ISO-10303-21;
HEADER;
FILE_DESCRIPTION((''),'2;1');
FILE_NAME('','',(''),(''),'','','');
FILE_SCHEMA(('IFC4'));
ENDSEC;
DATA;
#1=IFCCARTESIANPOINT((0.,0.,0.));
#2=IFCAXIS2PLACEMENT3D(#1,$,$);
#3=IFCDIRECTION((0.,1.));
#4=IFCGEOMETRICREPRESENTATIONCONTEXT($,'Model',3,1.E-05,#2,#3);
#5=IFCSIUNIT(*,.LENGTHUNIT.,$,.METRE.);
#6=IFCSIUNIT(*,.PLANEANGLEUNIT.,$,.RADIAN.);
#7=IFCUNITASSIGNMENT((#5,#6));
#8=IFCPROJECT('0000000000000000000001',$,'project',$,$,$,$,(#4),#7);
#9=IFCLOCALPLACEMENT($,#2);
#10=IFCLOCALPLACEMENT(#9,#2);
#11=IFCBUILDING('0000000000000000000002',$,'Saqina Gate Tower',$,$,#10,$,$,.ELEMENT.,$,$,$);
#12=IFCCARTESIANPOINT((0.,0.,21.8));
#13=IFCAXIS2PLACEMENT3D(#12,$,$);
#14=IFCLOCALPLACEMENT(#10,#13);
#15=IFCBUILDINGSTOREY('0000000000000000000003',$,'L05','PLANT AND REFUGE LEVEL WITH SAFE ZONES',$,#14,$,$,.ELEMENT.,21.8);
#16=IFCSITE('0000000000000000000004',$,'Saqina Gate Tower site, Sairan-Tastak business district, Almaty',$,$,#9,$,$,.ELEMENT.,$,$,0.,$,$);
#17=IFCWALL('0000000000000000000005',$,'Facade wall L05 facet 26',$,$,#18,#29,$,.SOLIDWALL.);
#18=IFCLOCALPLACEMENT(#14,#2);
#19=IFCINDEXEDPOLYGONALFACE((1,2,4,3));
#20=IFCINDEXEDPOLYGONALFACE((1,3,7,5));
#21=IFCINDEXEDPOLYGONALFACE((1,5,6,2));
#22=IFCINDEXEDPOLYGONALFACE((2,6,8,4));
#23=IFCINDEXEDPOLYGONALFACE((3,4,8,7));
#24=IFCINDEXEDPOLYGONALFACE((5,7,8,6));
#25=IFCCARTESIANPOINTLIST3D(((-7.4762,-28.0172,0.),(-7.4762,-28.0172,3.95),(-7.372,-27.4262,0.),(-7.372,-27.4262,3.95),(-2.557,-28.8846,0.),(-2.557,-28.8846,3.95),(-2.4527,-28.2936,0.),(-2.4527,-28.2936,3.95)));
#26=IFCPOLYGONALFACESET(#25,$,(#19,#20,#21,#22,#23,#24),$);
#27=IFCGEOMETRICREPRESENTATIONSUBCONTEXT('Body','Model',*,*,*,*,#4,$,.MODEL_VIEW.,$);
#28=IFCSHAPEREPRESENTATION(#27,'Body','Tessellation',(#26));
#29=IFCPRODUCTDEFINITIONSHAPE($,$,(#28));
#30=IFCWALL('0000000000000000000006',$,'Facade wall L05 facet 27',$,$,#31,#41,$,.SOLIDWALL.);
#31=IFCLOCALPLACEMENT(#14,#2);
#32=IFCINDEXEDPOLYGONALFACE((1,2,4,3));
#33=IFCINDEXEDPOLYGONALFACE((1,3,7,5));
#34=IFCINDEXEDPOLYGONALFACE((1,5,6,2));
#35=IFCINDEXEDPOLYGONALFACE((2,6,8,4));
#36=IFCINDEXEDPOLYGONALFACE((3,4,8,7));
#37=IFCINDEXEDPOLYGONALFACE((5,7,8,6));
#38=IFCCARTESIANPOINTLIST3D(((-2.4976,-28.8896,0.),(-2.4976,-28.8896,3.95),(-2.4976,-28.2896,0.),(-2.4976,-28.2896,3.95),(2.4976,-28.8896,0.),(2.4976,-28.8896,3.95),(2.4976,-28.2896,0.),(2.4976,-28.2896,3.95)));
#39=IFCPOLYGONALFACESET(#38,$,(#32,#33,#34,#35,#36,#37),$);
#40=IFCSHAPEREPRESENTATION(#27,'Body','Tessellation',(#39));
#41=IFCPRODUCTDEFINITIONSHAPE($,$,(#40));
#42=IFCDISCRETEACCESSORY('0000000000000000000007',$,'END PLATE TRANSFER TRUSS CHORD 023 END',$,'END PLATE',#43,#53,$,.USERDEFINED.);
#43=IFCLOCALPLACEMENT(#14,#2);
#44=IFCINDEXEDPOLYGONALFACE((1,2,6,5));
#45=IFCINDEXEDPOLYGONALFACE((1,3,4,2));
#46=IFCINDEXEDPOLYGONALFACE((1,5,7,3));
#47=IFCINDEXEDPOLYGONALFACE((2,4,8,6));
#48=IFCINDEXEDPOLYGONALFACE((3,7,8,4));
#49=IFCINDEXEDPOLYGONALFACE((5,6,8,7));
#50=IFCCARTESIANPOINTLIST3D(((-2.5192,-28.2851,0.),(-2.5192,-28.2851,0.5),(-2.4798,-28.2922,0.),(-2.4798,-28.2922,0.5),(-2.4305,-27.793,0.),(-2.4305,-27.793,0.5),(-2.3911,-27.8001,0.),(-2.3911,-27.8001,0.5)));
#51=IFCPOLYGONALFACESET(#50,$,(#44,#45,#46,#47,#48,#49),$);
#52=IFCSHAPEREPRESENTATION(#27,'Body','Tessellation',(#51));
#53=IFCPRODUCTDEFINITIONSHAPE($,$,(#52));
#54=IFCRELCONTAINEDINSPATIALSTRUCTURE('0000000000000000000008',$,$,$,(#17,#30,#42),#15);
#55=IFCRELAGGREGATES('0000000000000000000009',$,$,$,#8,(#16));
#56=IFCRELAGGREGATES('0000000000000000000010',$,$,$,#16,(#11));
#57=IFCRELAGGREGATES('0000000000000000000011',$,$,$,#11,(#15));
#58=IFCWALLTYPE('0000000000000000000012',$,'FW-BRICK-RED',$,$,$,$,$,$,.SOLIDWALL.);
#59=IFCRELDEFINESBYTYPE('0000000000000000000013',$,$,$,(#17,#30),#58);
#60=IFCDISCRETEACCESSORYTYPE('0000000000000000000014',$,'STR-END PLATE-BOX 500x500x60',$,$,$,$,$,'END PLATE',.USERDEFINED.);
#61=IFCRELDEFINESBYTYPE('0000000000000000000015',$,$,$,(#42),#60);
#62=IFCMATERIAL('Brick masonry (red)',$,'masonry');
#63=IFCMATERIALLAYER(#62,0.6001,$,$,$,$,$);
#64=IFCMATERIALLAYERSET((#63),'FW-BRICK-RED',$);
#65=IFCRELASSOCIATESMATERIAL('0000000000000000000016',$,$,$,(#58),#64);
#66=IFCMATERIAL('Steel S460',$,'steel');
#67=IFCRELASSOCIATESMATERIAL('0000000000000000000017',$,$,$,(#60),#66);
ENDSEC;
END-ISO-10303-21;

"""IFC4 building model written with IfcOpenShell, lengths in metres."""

from ifc_helpers import new_model, si_unit, direction, frame, frame_2d, origin, origin_2d, place, context, subcontext, project, spatial, rectangle, extrude, material, layer, layer_set, material_profile, profile_set, type_object, element, save


model = new_model("IFC4")

# Units and contexts
model_context = context("Model", 3, precision=1e-05, world=origin(), true_north=direction((0.0, 1.0)))
body_context = subcontext(model_context, "Body", "Model", "MODEL_VIEW")
ifc_project = project(units=[si_unit("LENGTHUNIT", "METRE"), si_unit("PLANEANGLEUNIT", "RADIAN")], contexts=[model_context])

# Site, building, storey
site_placement = place(None, origin())
site = spatial("IfcSite", under=ifc_project, at=site_placement, Name="Saqina Gate Tower site, Sairan-Tastak business district, Almaty", CompositionType="ELEMENT", RefElevation=0.0)
building_placement = place(site_placement, origin())
building = spatial("IfcBuilding", under=site, at=building_placement, Name="Saqina Gate Tower", CompositionType="ELEMENT")
storey_placement = place(building_placement, frame((0.0, 0.0, 21.8)))
storey = spatial("IfcBuildingStorey", under=building, at=storey_placement, Name="L05", Description="PLANT AND REFUGE LEVEL WITH SAFE ZONES", CompositionType="ELEMENT", Elevation=21.8)

# Walls
ifc_material_1 = material(Name="Brick masonry (red)", Category="masonry")
ifc_layer = layer(ifc_material_1, 0.6001)
ifc_layer_set = layer_set([ifc_layer], Name="FW-BRICK-RED")
wall_type = type_object("IfcWallType", Name="FW-BRICK-RED", PredefinedType="SOLIDWALL", material=ifc_layer_set)
for number, where, z_axis, x_axis, name in (
    (1, (-7.4241, -27.7217, 0.0), (0.0, 0.0, 1.0), (0.984806, -0.173657, 0.0), "Facade wall L05 facet 26"),
    (2, (-2.4976, -28.5896, 0.0), (0.0, 0.0, 1.0), (1.0, 0.0, 0.0), "Facade wall L05 facet 27"),
):
    element("IfcWall", number, at=place(storey_placement, frame(where, z_axis=z_axis, x_axis=x_axis)), inside=storey, type_object=wall_type, Name=name, PredefinedType="SOLIDWALL", context=body_context, shape_type="SweptSolid", body=[
        extrude(rectangle(XDim=4.9951, YDim=0.6001, at=frame_2d((2.4976, 0.0))), origin(), (0.0, 0.0, 1.0), 3.95),
    ])

# Discrete accessory
ifc_material_2 = material(Name="Steel S460", Category="steel")
ifc_material_profile_1 = material_profile(ifc_material_2, rectangle(XDim=0.5, YDim=0.5, at=origin_2d()), Name="STR-END PLATE-BOX 500x500x60")
ifc_profile_set_1 = profile_set([ifc_material_profile_1], Name="Steel S460")
discrete_accessory_type = type_object("IfcDiscreteAccessoryType", Name="STR-END PLATE-BOX 500x500x60", ElementType="END PLATE", PredefinedType="USERDEFINED", material=ifc_profile_set_1)
discrete_accessory_placement = place(storey_placement, frame((-2.4749, -28.0391, 0.25), z_axis=(0.984162, -0.177271, 0.0), x_axis=(0.177271, 0.984162, 0.0)))
element("IfcDiscreteAccessory", 3, at=discrete_accessory_placement, inside=storey, type_object=discrete_accessory_type, Name="END PLATE TRANSFER TRUSS CHORD 023 END", ObjectType="END PLATE", PredefinedType="USERDEFINED", context=body_context, shape_type="SweptSolid", body=[
    extrude(rectangle(XDim=0.5, YDim=0.5, at=origin_2d()), origin(), (0.0, 0.0, 1.0), 0.04),
])

save(model, "model.ifc")
